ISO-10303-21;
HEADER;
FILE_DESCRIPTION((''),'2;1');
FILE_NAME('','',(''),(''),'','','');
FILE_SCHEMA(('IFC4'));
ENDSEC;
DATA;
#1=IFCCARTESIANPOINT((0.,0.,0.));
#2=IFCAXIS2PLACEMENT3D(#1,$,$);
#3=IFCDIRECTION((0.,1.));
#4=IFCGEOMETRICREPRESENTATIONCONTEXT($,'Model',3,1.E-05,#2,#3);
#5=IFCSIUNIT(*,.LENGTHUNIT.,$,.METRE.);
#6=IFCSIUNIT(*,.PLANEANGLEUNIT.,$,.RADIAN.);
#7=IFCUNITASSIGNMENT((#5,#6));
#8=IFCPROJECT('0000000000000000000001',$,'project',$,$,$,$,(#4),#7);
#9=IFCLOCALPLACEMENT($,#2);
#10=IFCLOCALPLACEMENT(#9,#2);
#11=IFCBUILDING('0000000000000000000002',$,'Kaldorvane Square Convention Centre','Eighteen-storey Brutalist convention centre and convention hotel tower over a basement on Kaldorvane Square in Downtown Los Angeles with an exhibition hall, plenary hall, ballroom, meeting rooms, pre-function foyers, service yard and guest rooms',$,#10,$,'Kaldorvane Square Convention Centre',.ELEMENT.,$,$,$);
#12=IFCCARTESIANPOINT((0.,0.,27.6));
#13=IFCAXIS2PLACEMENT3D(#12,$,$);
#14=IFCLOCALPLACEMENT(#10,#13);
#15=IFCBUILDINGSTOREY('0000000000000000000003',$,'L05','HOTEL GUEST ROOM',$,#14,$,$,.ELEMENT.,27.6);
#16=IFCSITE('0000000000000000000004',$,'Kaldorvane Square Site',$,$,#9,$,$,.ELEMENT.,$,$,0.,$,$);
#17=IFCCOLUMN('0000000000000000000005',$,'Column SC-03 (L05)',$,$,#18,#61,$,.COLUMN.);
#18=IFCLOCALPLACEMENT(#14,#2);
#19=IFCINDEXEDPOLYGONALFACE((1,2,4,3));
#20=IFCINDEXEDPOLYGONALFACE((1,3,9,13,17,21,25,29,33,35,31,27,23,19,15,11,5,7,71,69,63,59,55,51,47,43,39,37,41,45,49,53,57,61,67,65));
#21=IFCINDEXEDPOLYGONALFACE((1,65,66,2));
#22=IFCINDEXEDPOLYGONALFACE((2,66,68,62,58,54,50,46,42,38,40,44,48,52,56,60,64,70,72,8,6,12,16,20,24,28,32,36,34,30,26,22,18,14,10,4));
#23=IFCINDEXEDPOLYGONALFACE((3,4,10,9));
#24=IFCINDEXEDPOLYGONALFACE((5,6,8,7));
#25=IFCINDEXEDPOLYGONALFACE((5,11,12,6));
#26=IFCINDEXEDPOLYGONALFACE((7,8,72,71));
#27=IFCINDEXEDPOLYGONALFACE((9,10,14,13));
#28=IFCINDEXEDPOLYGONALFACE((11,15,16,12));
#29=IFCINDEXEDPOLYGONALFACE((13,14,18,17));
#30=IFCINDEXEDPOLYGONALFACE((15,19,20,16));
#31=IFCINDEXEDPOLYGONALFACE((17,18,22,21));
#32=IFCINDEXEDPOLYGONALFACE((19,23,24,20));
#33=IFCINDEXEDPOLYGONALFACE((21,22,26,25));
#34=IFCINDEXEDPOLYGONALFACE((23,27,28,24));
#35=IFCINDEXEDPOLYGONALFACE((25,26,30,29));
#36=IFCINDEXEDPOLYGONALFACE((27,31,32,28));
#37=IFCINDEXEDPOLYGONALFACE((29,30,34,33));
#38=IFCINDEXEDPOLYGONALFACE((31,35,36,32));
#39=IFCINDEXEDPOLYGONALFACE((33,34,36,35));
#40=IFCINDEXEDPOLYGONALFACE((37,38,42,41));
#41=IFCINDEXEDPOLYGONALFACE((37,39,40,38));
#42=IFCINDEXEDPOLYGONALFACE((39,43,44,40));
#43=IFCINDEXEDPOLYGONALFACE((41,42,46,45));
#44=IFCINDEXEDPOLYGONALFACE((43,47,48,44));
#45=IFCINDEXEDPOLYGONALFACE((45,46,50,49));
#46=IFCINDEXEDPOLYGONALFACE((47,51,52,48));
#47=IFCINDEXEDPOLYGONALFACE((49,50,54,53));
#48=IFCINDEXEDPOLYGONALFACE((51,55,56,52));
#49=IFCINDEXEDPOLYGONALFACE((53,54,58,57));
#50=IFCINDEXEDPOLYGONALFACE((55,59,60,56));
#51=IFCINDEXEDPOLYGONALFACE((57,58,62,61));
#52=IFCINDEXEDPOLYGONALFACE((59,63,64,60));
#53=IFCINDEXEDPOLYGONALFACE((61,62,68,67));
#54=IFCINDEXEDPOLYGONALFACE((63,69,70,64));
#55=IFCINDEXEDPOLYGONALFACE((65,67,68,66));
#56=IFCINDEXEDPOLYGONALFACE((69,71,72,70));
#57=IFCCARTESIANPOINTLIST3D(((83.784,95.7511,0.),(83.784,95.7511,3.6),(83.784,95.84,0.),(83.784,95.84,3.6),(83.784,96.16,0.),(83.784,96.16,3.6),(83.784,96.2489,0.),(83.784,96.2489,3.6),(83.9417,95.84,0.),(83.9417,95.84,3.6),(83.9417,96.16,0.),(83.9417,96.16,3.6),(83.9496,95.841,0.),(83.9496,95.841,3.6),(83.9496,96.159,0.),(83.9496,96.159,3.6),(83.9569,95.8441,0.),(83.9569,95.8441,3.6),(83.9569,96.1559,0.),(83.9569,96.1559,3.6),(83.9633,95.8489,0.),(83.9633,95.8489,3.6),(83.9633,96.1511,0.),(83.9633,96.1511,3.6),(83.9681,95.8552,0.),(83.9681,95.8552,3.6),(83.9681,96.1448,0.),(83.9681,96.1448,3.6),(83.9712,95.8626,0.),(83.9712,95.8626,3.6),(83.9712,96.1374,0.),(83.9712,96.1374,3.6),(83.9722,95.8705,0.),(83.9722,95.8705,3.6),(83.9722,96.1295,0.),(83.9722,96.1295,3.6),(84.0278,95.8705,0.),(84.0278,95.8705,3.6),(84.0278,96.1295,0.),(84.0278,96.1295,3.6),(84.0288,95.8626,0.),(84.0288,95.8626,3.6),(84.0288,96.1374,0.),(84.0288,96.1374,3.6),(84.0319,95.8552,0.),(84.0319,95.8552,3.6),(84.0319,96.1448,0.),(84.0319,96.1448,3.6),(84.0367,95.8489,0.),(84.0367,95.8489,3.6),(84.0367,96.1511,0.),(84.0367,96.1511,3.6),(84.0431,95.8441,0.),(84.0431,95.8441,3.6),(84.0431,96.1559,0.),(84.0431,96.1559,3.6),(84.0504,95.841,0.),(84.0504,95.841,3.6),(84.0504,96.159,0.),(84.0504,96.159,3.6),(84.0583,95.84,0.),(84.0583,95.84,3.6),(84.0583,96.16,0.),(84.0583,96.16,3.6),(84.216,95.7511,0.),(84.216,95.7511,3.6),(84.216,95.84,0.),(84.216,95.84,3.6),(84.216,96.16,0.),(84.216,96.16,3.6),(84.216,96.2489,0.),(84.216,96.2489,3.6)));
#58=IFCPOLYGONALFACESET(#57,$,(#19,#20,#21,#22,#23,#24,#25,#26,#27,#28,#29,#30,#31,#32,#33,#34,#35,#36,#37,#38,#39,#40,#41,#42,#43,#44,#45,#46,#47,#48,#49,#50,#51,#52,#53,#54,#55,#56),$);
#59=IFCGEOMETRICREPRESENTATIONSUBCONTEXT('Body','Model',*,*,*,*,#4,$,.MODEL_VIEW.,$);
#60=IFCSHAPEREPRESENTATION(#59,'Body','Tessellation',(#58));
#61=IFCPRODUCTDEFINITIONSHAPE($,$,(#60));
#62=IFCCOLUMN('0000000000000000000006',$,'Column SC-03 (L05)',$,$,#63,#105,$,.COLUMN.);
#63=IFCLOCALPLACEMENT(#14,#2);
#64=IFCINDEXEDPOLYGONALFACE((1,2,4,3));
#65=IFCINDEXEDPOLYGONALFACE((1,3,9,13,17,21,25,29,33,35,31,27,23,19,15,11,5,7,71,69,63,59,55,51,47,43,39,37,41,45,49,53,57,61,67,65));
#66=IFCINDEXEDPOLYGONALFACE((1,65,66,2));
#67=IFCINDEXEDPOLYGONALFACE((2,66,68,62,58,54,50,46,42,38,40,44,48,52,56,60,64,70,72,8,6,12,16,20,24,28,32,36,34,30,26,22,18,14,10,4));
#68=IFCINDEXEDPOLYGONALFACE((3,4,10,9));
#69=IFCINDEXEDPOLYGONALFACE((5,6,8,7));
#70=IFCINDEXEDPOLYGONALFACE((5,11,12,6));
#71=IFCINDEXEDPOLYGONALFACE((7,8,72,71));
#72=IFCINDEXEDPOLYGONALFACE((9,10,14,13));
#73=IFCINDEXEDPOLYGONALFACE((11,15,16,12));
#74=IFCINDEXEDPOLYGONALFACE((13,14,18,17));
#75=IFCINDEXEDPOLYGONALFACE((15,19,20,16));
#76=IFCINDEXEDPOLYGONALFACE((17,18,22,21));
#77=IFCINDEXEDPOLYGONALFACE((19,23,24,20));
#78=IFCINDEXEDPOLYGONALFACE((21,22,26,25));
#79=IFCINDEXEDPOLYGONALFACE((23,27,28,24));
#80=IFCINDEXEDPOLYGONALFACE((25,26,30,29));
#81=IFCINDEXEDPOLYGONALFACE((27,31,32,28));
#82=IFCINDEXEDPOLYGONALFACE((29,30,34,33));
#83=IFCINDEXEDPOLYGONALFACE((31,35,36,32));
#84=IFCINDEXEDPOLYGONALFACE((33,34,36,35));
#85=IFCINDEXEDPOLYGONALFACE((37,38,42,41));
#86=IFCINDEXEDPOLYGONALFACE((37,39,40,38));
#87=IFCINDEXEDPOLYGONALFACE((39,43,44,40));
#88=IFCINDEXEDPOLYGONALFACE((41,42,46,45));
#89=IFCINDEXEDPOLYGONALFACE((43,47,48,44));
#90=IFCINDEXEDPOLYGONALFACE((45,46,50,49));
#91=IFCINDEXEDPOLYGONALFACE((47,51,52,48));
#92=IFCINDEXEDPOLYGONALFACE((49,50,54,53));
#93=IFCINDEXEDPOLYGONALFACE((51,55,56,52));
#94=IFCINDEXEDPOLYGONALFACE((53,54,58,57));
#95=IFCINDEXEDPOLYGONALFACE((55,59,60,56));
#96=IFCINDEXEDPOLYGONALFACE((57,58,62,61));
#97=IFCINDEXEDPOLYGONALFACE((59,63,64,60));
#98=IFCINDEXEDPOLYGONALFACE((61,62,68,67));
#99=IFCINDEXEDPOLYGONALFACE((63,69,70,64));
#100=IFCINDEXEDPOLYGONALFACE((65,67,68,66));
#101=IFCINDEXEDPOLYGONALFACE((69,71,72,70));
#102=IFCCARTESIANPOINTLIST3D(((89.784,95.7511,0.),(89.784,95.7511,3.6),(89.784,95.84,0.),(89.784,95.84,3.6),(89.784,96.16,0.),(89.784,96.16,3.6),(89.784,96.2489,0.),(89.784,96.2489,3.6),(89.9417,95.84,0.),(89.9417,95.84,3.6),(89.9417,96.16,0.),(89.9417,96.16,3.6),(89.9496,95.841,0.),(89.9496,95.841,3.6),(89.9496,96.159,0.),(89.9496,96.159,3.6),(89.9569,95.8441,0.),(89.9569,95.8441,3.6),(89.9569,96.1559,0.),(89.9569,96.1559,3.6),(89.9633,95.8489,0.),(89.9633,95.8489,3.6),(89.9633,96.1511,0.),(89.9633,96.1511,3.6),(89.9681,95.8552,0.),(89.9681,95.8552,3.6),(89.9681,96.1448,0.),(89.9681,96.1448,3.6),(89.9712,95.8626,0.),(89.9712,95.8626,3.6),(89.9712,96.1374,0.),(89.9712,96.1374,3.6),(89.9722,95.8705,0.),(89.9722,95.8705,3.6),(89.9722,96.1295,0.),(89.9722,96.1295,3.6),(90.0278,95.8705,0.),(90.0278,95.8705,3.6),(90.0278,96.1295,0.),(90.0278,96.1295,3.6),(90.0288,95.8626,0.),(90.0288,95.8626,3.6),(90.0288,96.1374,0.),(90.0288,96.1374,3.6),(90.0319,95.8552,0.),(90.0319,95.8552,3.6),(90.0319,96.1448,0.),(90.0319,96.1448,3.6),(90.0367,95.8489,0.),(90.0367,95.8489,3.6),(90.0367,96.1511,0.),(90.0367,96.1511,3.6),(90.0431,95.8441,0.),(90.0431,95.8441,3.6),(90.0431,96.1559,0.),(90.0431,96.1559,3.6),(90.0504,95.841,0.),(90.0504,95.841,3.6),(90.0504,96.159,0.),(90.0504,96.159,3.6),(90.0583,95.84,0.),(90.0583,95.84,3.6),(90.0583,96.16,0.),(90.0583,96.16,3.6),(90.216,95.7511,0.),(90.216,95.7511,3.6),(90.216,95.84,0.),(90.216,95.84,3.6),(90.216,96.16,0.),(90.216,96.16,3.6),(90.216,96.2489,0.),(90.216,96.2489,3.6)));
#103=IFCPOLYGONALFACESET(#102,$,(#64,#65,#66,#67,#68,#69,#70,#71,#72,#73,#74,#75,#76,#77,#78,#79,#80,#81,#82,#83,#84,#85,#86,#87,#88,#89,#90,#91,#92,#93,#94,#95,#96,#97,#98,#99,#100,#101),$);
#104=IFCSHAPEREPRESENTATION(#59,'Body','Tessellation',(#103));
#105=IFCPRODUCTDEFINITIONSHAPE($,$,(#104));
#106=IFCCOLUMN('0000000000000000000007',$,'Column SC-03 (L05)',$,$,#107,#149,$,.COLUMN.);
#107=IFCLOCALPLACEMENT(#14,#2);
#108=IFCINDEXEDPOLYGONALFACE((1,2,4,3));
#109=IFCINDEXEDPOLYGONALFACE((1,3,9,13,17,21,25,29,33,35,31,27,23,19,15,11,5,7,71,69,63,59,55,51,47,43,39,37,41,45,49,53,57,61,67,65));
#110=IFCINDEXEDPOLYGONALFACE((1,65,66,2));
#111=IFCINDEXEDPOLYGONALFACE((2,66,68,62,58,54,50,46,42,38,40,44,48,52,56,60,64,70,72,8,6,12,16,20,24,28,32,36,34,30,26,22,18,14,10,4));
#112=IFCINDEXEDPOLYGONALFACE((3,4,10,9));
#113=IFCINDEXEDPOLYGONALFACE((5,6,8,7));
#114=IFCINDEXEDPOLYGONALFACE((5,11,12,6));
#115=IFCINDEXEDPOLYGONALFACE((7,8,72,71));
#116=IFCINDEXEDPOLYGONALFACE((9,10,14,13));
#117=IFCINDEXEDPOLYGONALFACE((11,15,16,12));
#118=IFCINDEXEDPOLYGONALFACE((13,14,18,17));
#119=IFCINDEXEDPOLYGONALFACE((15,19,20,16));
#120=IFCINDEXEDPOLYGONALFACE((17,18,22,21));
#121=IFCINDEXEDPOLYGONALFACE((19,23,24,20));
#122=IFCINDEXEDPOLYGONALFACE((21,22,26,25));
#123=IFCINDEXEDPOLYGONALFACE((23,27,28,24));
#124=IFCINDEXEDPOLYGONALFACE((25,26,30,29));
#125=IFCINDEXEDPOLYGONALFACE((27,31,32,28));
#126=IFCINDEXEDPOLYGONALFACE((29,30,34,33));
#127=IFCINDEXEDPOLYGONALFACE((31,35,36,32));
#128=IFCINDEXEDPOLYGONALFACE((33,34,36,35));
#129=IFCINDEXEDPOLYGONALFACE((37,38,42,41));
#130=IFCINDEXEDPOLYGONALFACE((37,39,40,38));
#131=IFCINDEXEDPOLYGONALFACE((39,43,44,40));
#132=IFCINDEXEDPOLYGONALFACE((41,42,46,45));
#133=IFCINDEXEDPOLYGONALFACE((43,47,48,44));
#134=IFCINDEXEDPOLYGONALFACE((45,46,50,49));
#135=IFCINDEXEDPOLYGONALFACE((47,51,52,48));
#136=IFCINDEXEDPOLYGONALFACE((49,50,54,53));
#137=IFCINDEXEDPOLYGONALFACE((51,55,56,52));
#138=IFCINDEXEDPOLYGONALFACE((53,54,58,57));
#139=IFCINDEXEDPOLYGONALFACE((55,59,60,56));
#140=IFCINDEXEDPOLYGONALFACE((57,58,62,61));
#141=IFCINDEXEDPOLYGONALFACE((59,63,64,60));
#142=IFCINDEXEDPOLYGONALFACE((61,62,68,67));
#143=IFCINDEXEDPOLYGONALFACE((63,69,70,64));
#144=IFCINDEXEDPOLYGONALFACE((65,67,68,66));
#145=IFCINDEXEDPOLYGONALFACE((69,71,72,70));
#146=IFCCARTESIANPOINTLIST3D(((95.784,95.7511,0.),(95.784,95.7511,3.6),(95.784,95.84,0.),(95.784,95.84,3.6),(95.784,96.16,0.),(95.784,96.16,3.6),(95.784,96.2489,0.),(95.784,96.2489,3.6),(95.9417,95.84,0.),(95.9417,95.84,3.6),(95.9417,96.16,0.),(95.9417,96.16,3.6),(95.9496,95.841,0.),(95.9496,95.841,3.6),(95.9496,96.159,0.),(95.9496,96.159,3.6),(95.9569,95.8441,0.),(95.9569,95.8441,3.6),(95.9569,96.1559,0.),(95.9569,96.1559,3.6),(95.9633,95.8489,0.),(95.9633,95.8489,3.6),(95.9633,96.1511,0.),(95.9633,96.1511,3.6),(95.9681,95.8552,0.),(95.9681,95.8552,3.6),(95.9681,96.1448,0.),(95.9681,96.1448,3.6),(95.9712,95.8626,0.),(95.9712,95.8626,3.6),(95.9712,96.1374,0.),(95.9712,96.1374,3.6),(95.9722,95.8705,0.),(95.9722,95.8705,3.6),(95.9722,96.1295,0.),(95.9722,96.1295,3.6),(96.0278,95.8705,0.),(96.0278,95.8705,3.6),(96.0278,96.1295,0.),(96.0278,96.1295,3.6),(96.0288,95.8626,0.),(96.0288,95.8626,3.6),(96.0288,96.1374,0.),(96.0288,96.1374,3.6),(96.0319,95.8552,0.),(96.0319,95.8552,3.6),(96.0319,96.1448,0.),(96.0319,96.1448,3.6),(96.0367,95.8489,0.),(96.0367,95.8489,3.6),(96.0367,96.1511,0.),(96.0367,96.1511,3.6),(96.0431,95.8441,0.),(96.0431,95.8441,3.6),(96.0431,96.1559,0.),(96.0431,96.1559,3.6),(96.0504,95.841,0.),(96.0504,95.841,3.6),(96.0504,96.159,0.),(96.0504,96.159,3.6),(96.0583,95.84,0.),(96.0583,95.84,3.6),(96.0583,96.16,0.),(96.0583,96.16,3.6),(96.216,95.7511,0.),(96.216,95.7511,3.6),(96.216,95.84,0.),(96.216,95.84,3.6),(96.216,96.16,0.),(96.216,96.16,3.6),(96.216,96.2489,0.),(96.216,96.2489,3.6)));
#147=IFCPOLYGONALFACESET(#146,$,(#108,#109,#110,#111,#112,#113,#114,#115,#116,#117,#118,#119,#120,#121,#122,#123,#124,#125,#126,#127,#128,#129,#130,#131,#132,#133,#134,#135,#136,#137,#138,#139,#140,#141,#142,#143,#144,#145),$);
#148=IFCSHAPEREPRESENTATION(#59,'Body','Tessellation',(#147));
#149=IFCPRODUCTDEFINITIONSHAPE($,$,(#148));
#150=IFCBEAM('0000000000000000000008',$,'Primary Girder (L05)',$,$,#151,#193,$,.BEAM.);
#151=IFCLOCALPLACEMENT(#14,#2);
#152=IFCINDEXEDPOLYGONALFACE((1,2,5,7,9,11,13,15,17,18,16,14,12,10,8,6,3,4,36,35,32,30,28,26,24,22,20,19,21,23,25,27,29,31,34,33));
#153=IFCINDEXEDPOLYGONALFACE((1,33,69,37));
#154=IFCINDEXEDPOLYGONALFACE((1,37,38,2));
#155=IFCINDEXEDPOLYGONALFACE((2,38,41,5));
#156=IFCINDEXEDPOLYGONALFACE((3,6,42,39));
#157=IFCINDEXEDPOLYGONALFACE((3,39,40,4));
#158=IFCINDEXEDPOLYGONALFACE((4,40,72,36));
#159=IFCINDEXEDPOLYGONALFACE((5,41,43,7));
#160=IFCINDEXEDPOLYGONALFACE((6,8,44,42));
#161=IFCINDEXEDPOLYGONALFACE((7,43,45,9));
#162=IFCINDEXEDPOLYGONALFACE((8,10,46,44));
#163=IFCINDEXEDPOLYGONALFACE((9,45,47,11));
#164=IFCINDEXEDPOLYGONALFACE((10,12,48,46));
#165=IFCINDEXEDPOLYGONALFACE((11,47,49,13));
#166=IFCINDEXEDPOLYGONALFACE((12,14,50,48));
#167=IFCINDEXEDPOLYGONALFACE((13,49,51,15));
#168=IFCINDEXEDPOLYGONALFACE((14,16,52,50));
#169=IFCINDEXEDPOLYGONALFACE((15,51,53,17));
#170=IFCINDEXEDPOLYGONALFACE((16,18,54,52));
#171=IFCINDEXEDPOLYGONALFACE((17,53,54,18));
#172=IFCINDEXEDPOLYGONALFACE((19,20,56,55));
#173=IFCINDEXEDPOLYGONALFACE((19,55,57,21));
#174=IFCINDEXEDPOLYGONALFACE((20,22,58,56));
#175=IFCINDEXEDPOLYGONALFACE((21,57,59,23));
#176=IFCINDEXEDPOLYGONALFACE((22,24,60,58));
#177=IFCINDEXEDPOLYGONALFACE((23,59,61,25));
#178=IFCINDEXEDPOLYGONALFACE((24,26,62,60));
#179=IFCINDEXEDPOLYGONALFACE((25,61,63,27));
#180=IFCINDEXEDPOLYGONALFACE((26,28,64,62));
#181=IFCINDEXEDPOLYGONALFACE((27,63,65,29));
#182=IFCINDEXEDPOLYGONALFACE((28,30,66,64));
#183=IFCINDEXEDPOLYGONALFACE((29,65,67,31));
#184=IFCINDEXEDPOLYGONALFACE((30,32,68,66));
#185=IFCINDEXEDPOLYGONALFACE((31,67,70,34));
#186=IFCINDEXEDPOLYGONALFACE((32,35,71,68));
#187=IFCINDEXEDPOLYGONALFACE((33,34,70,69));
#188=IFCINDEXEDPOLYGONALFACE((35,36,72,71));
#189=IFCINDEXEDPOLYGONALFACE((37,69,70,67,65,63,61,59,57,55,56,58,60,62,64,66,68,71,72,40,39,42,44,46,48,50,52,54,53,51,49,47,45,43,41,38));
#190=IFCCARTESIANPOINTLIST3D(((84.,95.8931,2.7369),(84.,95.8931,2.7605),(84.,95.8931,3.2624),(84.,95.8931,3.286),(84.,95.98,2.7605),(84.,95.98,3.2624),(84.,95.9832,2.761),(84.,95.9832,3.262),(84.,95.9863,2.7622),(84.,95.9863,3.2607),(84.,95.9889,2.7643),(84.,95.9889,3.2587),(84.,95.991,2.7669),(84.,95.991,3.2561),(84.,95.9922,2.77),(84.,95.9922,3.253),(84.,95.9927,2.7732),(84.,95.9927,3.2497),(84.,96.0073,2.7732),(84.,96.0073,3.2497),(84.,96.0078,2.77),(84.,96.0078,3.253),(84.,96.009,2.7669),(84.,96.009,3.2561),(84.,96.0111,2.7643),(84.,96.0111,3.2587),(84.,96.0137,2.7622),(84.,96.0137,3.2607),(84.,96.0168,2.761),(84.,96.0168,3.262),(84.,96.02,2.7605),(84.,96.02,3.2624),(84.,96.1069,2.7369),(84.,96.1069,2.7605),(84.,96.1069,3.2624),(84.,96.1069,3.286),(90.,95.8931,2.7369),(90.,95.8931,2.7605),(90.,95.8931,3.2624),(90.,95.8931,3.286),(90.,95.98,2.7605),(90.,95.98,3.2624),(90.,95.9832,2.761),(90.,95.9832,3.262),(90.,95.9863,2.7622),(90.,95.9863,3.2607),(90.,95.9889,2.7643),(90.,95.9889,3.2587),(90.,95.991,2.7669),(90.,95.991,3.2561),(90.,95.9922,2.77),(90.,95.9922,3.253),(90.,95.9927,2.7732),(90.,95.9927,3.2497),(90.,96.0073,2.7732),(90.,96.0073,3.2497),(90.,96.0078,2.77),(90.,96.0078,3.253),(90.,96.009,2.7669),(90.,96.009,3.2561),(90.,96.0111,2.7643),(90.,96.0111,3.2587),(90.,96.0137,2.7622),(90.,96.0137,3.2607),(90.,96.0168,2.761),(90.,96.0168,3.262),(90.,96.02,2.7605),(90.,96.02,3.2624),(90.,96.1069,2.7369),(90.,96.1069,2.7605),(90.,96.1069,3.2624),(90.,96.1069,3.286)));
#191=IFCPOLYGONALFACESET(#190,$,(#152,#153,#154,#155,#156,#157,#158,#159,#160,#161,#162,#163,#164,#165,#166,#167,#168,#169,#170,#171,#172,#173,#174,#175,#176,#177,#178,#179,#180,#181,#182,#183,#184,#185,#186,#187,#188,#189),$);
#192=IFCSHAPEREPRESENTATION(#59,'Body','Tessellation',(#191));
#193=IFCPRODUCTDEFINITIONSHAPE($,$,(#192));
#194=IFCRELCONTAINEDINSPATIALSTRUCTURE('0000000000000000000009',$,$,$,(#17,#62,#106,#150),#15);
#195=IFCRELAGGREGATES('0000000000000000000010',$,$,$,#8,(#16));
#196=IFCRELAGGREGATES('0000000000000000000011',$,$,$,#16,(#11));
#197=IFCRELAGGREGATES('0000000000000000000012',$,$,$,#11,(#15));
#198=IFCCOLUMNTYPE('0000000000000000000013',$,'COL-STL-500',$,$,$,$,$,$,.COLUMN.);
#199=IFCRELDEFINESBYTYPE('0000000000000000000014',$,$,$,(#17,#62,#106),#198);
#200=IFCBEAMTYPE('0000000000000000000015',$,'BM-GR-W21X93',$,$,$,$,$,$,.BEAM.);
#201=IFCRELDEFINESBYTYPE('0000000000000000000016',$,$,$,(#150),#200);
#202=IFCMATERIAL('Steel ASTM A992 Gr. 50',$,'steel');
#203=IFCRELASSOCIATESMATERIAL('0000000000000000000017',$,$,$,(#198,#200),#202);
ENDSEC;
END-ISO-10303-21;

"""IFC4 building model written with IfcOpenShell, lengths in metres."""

from ifc_helpers import new_model, si_unit, direction, frame, origin, origin_2d, place, context, subcontext, project, spatial, i_section, extrude, material, material_profile, profile_set, type_object, element, save


model = new_model("IFC4")

# Units and contexts
model_context = context("Model", 3, precision=1e-05, world=origin(), true_north=direction((0.0, 1.0)))
body_context = subcontext(model_context, "Body", "Model", "MODEL_VIEW")
ifc_project = project(units=[si_unit("LENGTHUNIT", "METRE"), si_unit("PLANEANGLEUNIT", "RADIAN")], contexts=[model_context])

# Site, building, storey
site_placement = place(None, origin())
site = spatial("IfcSite", under=ifc_project, at=site_placement, Name="Kaldorvane Square Site", CompositionType="ELEMENT", RefElevation=0.0)
building_placement = place(site_placement, origin())
building = spatial("IfcBuilding", under=site, at=building_placement, Name="Kaldorvane Square Convention Centre", Description="Eighteen-storey Brutalist convention centre and convention hotel tower over a basement on Kaldorvane Square in Downtown Los Angeles with an exhibition hall, plenary hall, ballroom, meeting rooms, pre-function foyers, service yard and guest rooms", LongName="Kaldorvane Square Convention Centre", CompositionType="ELEMENT")
storey_placement = place(building_placement, frame((0.0, 0.0, 27.6)))
storey = spatial("IfcBuildingStorey", under=building, at=storey_placement, Name="L05", Description="HOTEL GUEST ROOM", CompositionType="ELEMENT", Elevation=27.6)

# Columns
ifc_material_1 = material(Name="Steel ASTM A992 Gr. 50", Category="steel")
ifc_material_profile_1 = material_profile(ifc_material_1, i_section(OverallWidth=0.4321, OverallDepth=0.4978, WebThickness=0.0556, FlangeThickness=0.0889, FilletRadius=0.0305, at=origin_2d()), Name="W14X500")
ifc_profile_set_1 = profile_set([ifc_material_profile_1], Name="Steel ASTM A992 Gr. 50")
column_type = type_object("IfcColumnType", Name="COL-STL-500", PredefinedType="COLUMN", material=ifc_profile_set_1)
for number, where, z_axis, x_axis, name in (
    (1, (84.0, 96.0, 0.0), (0.0, 0.0, 1.0), (1.0, 0.0, 0.0), "Column SC-03 (L05)"),
    (2, (90.0, 96.0, 0.0), (0.0, 0.0, 1.0), (1.0, 0.0, 0.0), "Column SC-03 (L05)"),
    (3, (96.0, 96.0, 0.0), (0.0, 0.0, 1.0), (1.0, 0.0, 0.0), "Column SC-03 (L05)"),
):
    element("IfcColumn", number, at=place(storey_placement, frame(where, z_axis=z_axis, x_axis=x_axis)), inside=storey, type_object=column_type, Name=name, PredefinedType="COLUMN", context=body_context, shape_type="SweptSolid", body=[
        extrude(i_section(OverallWidth=0.4321, OverallDepth=0.4978, WebThickness=0.0556, FlangeThickness=0.0889, FilletRadius=0.0305, at=origin_2d()), origin(), (0.0, 0.0, 1.0), 3.6),
    ])

# Beam
ifc_material_profile_2 = material_profile(ifc_material_1, i_section(OverallWidth=0.2139, OverallDepth=0.5491, WebThickness=0.0147, FlangeThickness=0.0236, FilletRadius=0.0127, at=origin_2d()), Name="W21X93")
ifc_profile_set_2 = profile_set([ifc_material_profile_2], Name="Steel ASTM A992 Gr. 50")
beam_type_1 = type_object("IfcBeamType", Name="BM-GR-W21X93", PredefinedType="BEAM", material=ifc_profile_set_2)
for number, where, z_axis, x_axis, name in (
    (4, (84.0, 96.0, 3.0115), (1.0, 0.0, 0.0), (0.0, 1.0, 0.0), "Primary Girder (L05)"),
):
    element("IfcBeam", number, at=place(storey_placement, frame(where, z_axis=z_axis, x_axis=x_axis)), inside=storey, type_object=beam_type_1, Name=name, PredefinedType="BEAM", context=body_context, shape_type="SweptSolid", body=[
        extrude(i_section(OverallWidth=0.2139, OverallDepth=0.5491, WebThickness=0.0147, FlangeThickness=0.0236, FilletRadius=0.0127, at=origin_2d()), origin(), (0.0, 0.0, 1.0), 6.0),
    ])

save(model, "model.ifc")
